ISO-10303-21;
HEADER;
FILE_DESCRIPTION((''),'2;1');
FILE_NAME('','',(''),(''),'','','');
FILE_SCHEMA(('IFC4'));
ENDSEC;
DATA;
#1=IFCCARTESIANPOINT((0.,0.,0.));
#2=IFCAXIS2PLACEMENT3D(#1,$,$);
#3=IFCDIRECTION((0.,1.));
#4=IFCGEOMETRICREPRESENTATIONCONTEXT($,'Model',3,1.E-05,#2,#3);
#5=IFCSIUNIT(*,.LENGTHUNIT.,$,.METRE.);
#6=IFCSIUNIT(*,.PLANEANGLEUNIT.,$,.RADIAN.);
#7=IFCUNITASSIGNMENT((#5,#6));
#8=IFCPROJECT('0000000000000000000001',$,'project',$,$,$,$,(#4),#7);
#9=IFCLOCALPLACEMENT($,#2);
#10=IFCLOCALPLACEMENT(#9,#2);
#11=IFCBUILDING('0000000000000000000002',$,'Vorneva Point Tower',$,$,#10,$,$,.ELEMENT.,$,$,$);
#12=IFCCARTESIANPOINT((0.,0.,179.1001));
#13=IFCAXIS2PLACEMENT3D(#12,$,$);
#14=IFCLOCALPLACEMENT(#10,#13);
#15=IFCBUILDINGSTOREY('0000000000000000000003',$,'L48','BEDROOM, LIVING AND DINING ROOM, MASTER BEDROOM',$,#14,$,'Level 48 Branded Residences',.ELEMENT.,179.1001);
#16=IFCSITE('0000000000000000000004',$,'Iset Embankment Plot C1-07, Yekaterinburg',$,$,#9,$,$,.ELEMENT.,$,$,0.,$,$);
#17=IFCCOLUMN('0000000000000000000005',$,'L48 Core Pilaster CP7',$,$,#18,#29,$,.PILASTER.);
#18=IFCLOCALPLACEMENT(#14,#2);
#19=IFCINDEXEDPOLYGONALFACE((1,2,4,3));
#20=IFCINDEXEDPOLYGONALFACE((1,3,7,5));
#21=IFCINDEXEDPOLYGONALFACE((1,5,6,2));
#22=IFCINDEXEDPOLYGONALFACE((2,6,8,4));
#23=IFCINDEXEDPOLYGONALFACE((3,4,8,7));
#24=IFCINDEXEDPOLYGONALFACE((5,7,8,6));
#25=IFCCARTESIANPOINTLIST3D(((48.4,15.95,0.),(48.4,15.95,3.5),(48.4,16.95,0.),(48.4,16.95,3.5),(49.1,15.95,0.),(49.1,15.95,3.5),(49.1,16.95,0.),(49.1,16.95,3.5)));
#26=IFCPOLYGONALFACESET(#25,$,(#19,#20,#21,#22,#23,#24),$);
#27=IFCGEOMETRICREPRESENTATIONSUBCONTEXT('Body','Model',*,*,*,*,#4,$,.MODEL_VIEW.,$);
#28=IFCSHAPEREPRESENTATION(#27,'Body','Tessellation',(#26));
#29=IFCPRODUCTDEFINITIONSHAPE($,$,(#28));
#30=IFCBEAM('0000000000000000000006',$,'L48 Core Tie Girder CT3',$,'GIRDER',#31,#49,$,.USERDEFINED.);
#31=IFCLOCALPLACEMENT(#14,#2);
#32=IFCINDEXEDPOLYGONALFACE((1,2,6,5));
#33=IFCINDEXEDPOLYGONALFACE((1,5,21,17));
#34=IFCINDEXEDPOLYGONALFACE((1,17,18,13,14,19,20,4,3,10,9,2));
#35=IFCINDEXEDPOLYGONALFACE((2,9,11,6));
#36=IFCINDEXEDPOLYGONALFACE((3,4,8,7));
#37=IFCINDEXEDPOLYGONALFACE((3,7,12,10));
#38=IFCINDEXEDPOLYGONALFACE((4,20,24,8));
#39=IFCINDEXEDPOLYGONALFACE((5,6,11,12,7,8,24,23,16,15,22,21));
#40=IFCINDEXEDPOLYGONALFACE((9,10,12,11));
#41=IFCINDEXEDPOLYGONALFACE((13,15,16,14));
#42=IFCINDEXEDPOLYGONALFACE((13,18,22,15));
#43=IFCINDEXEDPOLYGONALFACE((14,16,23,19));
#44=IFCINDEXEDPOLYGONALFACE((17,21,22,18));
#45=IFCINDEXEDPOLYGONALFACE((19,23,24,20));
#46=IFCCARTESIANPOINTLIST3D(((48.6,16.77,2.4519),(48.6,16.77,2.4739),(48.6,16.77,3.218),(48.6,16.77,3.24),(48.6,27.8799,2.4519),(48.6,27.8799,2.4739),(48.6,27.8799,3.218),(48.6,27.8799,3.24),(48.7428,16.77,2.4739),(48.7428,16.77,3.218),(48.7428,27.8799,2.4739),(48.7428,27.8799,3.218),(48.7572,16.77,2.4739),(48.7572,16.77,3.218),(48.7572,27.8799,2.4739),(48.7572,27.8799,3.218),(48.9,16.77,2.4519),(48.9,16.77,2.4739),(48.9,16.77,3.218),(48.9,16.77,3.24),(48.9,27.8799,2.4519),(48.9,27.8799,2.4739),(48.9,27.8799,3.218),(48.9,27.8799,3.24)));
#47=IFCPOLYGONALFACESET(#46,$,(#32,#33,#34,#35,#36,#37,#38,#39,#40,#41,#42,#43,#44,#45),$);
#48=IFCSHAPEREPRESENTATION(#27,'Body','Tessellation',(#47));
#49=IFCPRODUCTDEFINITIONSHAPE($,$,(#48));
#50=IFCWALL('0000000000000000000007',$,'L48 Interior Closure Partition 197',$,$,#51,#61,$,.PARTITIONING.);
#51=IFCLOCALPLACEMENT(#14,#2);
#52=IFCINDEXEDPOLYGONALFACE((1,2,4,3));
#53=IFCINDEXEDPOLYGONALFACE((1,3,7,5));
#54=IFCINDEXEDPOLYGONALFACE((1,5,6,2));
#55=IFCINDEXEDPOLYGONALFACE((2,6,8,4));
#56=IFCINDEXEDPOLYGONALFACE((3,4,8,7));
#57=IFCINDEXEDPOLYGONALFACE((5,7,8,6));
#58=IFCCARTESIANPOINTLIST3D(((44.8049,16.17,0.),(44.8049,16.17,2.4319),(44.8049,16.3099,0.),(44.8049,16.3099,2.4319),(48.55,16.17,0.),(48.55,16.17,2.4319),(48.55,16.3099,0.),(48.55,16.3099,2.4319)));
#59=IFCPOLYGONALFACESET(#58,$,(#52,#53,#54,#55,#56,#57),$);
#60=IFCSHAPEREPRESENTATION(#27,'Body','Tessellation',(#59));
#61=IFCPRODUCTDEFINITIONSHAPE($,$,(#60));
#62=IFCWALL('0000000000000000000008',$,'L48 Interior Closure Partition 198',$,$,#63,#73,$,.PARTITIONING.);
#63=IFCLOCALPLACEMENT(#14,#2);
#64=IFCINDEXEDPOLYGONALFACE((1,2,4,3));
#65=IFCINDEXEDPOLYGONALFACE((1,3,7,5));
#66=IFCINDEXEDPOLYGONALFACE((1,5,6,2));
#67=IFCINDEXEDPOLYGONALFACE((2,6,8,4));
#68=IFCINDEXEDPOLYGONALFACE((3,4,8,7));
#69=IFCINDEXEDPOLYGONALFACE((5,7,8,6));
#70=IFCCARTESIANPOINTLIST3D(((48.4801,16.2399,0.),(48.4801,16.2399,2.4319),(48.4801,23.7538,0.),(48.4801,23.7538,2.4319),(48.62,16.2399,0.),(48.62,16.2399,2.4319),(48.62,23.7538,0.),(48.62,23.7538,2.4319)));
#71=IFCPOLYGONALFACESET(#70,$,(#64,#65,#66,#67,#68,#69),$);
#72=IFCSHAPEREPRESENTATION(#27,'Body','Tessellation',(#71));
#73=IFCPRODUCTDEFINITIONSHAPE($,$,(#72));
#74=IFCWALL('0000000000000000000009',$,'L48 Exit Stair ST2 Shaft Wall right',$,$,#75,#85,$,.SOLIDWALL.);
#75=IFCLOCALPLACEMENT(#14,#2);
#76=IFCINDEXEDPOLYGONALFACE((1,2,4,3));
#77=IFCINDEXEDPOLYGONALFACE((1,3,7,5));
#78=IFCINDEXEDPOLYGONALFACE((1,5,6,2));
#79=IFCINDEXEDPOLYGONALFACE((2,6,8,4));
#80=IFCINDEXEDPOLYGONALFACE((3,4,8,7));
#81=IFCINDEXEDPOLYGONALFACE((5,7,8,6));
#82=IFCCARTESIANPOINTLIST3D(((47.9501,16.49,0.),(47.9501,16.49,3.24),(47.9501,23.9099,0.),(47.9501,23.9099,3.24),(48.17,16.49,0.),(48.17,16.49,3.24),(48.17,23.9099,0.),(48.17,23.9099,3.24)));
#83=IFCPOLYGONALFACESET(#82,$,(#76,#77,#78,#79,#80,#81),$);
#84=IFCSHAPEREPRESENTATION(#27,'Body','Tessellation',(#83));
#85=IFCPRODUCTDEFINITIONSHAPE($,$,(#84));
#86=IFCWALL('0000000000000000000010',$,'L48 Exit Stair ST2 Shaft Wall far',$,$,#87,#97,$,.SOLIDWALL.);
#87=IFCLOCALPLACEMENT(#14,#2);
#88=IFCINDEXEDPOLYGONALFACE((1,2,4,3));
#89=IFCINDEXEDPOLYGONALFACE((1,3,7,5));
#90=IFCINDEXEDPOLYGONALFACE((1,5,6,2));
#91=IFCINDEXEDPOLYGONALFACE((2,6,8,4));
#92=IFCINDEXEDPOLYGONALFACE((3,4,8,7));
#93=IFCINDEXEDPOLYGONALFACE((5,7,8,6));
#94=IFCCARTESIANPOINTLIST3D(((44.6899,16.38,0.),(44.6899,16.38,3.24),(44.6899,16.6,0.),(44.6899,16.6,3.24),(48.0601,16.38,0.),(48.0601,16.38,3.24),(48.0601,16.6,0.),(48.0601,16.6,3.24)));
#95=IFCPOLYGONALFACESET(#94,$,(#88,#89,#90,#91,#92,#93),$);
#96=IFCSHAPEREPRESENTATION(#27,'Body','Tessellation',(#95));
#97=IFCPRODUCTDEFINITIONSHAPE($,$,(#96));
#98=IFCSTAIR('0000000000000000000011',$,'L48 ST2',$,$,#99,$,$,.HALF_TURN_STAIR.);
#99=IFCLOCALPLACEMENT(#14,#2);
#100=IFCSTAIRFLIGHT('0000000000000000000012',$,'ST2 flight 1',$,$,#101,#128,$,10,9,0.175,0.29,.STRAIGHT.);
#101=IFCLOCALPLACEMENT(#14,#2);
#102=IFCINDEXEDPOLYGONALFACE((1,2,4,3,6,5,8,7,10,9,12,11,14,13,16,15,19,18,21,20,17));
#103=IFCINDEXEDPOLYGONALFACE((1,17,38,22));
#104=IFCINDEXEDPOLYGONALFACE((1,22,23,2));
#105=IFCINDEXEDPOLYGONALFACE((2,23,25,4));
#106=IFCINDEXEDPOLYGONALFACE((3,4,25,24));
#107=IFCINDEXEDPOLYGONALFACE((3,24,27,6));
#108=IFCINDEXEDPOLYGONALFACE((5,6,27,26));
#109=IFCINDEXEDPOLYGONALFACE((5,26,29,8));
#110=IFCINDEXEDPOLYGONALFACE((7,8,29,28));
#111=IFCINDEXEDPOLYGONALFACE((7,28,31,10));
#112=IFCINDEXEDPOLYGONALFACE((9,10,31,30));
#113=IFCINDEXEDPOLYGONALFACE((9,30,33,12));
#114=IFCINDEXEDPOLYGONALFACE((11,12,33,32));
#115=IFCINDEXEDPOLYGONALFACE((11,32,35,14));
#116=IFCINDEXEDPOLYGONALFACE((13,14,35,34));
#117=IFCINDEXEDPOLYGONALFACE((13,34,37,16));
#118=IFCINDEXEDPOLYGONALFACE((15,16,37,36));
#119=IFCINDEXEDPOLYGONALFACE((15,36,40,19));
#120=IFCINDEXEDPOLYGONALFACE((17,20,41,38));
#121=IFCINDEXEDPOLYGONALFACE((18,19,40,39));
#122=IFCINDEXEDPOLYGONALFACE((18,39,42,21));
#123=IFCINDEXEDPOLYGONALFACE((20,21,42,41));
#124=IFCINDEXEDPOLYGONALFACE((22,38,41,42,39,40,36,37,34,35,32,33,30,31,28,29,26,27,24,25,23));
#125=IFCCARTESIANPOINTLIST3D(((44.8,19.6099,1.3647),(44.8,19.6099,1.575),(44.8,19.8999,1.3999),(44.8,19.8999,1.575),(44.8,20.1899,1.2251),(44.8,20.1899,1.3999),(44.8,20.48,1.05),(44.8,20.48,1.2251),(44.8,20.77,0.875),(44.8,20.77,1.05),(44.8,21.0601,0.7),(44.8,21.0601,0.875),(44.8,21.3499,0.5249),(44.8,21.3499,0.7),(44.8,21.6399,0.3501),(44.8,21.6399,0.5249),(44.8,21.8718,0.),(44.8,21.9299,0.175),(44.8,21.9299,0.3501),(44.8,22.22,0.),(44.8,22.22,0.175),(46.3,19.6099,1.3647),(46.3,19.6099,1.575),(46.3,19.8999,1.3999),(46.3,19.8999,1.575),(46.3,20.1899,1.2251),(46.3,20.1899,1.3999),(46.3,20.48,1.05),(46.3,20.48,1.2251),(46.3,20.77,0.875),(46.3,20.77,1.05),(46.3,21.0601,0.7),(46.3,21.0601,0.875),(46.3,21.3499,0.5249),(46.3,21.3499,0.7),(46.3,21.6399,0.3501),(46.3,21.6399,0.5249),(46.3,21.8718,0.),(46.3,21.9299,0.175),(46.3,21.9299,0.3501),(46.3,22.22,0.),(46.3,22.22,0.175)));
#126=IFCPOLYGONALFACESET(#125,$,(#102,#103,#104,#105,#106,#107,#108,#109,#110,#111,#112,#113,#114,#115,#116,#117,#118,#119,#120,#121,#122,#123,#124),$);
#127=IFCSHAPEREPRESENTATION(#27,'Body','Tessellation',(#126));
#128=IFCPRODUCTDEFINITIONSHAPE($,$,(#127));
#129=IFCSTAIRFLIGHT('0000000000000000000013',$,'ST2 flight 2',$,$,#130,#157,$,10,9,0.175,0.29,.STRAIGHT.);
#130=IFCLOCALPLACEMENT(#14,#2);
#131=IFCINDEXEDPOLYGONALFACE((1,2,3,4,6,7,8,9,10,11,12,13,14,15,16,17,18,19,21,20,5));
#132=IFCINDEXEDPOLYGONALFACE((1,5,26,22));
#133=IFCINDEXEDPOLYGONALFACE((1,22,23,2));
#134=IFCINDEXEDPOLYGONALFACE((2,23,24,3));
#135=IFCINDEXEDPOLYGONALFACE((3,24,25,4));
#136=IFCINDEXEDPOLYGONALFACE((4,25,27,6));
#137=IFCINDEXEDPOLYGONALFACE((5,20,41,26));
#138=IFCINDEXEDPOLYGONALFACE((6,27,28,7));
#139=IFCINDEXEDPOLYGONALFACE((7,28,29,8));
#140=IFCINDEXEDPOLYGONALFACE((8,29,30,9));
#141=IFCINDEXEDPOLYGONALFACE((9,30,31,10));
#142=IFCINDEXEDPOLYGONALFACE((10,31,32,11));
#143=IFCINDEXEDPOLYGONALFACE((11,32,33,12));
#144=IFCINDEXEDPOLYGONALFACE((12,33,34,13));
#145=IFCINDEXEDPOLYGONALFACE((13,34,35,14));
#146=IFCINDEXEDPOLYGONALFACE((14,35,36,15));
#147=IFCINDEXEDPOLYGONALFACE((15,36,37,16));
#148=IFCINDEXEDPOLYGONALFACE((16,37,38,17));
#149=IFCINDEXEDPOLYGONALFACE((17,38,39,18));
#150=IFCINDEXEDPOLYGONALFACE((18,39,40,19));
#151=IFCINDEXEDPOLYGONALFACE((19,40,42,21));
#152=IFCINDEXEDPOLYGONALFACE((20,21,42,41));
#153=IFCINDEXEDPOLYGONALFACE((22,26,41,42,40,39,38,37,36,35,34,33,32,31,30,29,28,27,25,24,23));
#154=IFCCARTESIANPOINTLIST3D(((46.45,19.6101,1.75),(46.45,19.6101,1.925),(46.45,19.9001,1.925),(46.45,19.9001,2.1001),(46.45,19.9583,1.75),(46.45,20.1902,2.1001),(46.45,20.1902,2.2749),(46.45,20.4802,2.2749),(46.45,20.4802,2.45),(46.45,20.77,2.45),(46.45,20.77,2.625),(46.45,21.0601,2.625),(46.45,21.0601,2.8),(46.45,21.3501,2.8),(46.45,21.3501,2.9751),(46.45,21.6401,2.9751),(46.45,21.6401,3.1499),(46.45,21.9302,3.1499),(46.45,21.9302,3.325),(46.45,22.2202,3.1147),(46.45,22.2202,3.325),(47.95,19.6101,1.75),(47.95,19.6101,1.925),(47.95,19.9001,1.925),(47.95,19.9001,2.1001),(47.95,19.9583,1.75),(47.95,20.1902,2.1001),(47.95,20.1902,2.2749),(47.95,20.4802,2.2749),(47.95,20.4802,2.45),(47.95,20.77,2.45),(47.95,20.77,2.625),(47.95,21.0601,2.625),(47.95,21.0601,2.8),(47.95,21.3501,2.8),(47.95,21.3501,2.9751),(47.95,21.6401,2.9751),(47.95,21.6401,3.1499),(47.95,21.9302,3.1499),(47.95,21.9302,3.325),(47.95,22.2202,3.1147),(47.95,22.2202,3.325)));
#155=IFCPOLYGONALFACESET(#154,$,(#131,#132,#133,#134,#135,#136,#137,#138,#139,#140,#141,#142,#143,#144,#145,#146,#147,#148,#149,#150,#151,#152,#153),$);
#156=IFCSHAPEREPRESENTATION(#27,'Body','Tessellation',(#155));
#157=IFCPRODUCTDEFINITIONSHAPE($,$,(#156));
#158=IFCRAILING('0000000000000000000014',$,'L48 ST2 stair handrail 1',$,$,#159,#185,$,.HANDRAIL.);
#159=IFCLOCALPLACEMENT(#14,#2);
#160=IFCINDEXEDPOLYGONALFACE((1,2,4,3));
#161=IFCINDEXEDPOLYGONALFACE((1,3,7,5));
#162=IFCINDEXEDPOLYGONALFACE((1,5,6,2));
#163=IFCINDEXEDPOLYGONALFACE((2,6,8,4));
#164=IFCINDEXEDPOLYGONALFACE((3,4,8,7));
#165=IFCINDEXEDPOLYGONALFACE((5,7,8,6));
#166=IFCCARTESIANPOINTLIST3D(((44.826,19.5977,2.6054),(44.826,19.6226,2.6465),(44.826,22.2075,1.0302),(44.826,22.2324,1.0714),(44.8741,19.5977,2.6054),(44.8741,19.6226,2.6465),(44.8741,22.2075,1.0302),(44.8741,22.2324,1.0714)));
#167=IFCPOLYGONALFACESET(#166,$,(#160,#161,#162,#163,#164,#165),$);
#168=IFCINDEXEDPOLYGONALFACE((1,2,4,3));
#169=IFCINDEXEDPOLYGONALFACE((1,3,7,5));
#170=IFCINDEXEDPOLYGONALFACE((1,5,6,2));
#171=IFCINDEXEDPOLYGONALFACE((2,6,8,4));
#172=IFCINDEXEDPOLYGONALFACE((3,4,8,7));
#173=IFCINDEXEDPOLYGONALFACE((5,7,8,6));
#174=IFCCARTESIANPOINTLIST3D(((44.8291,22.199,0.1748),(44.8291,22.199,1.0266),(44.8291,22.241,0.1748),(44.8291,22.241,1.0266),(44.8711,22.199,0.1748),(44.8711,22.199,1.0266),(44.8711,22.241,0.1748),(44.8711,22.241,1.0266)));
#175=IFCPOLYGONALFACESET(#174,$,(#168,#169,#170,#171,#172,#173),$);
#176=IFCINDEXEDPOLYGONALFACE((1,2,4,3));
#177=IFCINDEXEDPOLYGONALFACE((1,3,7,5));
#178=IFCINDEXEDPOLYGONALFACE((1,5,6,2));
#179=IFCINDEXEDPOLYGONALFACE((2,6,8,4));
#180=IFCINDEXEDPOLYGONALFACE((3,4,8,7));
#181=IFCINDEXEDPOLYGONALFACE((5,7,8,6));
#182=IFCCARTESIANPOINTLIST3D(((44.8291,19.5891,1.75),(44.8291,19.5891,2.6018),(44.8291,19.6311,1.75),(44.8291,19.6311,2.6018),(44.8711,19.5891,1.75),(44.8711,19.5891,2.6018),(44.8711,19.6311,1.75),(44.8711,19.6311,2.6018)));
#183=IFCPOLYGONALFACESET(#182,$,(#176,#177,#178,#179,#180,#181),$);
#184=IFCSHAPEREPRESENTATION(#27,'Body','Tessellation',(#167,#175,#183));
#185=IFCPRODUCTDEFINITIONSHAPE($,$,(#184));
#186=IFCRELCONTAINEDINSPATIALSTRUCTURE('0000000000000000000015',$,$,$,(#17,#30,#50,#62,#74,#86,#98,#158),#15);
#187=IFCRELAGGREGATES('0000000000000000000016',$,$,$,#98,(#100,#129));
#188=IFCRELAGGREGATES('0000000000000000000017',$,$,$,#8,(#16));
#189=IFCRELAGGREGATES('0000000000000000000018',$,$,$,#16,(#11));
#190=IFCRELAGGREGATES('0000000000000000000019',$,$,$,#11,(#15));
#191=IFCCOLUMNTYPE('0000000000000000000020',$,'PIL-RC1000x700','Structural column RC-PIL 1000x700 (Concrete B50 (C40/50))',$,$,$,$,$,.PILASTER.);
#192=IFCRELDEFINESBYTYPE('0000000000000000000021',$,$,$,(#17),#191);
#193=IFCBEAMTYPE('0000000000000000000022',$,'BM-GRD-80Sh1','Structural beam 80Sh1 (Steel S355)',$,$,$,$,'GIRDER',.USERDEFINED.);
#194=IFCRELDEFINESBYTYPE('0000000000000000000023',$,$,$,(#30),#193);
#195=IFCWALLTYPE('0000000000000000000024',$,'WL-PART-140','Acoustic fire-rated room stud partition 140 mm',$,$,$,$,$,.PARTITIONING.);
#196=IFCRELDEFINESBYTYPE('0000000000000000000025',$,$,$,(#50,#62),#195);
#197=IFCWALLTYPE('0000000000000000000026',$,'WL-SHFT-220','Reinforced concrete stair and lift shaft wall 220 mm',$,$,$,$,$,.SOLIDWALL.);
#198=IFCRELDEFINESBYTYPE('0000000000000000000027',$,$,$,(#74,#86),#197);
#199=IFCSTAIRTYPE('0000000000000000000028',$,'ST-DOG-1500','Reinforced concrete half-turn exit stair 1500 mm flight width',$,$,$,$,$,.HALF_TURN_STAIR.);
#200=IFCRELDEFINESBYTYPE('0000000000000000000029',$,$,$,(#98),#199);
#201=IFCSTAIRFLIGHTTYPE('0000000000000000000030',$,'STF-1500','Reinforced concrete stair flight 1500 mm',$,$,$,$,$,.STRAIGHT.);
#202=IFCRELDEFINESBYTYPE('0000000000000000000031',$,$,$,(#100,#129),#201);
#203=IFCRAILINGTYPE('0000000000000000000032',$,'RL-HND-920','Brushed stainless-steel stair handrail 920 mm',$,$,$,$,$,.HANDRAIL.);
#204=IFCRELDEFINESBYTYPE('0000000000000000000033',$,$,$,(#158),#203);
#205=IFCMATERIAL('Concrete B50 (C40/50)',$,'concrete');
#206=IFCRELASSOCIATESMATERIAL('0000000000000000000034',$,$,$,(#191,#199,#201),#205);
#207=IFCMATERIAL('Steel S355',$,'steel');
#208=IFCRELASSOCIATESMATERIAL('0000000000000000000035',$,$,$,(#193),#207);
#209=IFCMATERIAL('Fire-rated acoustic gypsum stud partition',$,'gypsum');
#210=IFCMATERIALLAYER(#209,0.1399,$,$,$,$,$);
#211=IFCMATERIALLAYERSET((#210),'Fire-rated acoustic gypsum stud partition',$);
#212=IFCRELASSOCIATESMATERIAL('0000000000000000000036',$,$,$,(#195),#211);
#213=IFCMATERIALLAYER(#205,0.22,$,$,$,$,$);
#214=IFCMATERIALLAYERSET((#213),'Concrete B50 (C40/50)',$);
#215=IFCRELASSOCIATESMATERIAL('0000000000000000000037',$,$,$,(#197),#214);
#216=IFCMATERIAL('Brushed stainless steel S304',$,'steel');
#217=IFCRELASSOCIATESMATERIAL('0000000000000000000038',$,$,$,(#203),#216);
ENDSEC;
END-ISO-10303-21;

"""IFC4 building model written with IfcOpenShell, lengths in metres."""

from ifc_helpers import new_model, si_unit, direction, frame, frame_2d, origin, origin_2d, place, context, subcontext, project, spatial, polyline, rectangle, i_section, outline, extrude, material, layer, layer_set, material_profile, profile_set, type_object, element, aggregate, save


model = new_model("IFC4")

# Units and contexts
model_context = context("Model", 3, precision=1e-05, world=origin(), true_north=direction((0.0, 1.0)))
body_context = subcontext(model_context, "Body", "Model", "MODEL_VIEW")
ifc_project = project(units=[si_unit("LENGTHUNIT", "METRE"), si_unit("PLANEANGLEUNIT", "RADIAN")], contexts=[model_context])

# Site, building, storey
site_placement = place(None, origin())
site = spatial("IfcSite", under=ifc_project, at=site_placement, Name="Iset Embankment Plot C1-07, Yekaterinburg", CompositionType="ELEMENT", RefElevation=0.0)
building_placement = place(site_placement, origin())
building = spatial("IfcBuilding", under=site, at=building_placement, Name="Vorneva Point Tower", CompositionType="ELEMENT")
storey_placement = place(building_placement, frame((0.0, 0.0, 179.1001)))
storey = spatial("IfcBuildingStorey", under=building, at=storey_placement, Name="L48", Description="BEDROOM, LIVING AND DINING ROOM, MASTER BEDROOM", LongName="Level 48 Branded Residences", CompositionType="ELEMENT", Elevation=179.1001)

# Column
ifc_material_1 = material(Name="Concrete B50 (C40/50)", Category="concrete")
ifc_material_profile_1 = material_profile(ifc_material_1, rectangle(XDim=0.7, YDim=1.0, at=origin_2d()), Name="RC-PIL 1000x700")
ifc_profile_set_1 = profile_set([ifc_material_profile_1], Name="Concrete B50 (C40/50)")
column_type = type_object("IfcColumnType", Name="PIL-RC1000x700", Description="Structural column RC-PIL 1000x700 (Concrete B50 (C40/50))", PredefinedType="PILASTER", material=ifc_profile_set_1)
column_placement = place(storey_placement, frame((48.75, 16.45, 0.0), z_axis=(0.0, 0.0, 1.0), x_axis=(1.0, 0.0, 0.0)))
element("IfcColumn", 1, at=column_placement, inside=storey, type_object=column_type, Name="L48 Core Pilaster CP7", PredefinedType="PILASTER", context=body_context, shape_type="SweptSolid", body=[
    extrude(rectangle(XDim=0.7, YDim=1.0, at=origin_2d()), origin(), (0.0, 0.0, 1.0), 3.5),
])

# Beam
ifc_material_2 = material(Name="Steel S355", Category="steel")
ifc_material_profile_2 = material_profile(ifc_material_2, i_section(OverallWidth=0.3, OverallDepth=0.7881, WebThickness=0.0144, FlangeThickness=0.022, at=origin_2d()), Name="80Sh1")
ifc_profile_set_2 = profile_set([ifc_material_profile_2], Name="Steel S355")
beam_type = type_object("IfcBeamType", Name="BM-GRD-80Sh1", Description="Structural beam 80Sh1 (Steel S355)", ElementType="GIRDER", PredefinedType="USERDEFINED", material=ifc_profile_set_2)
beam_placement = place(storey_placement, frame((48.75, 16.77, 2.8459), z_axis=(0.0, 1.0, 0.0), x_axis=(-1.0, 0.0, 0.0)))
element("IfcBeam", 2, at=beam_placement, inside=storey, type_object=beam_type, Name="L48 Core Tie Girder CT3", ObjectType="GIRDER", PredefinedType="USERDEFINED", context=body_context, shape_type="SweptSolid", body=[
    extrude(i_section(OverallWidth=0.3, OverallDepth=0.7881, WebThickness=0.0144, FlangeThickness=0.022, at=origin_2d()), origin(), (0.0, 0.0, 1.0), 11.1099),
])

# Walls
ifc_material_3 = material(Name="Fire-rated acoustic gypsum stud partition", Category="gypsum")
ifc_layer_1 = layer(ifc_material_3, 0.1399)
ifc_layer_set_1 = layer_set([ifc_layer_1], Name="Fire-rated acoustic gypsum stud partition")
wall_type_1 = type_object("IfcWallType", Name="WL-PART-140", Description="Acoustic fire-rated room stud partition 140 mm", PredefinedType="PARTITIONING", material=ifc_layer_set_1)
wall_1_placement = place(storey_placement, frame((44.8049, 16.24, 0.0), z_axis=(0.0, 0.0, 1.0), x_axis=(1.0, 0.0, 0.0)))
element("IfcWall", 3, at=wall_1_placement, inside=storey, type_object=wall_type_1, Name="L48 Interior Closure Partition 197", PredefinedType="PARTITIONING", context=body_context, shape_type="SweptSolid", body=[
    extrude(rectangle(XDim=3.7451, YDim=0.1399, at=frame_2d((1.8726, 0.0))), origin(), (0.0, 0.0, 1.0), 2.4319),
])
wall_2_placement = place(storey_placement, frame((48.55, 16.24, 0.0), z_axis=(0.0, 0.0, 1.0), x_axis=(0.0, 1.0, 0.0)))
element("IfcWall", 4, at=wall_2_placement, inside=storey, type_object=wall_type_1, Name="L48 Interior Closure Partition 198", PredefinedType="PARTITIONING", context=body_context, shape_type="SweptSolid", body=[
    extrude(rectangle(XDim=7.5139, YDim=0.1399, at=frame_2d((3.7568, 0.0))), origin(), (0.0, 0.0, 1.0), 2.4319),
])

# Walls
ifc_layer_2 = layer(ifc_material_1, 0.22)
ifc_layer_set_2 = layer_set([ifc_layer_2], Name="Concrete B50 (C40/50)")
wall_type_2 = type_object("IfcWallType", Name="WL-SHFT-220", Description="Reinforced concrete stair and lift shaft wall 220 mm", PredefinedType="SOLIDWALL", material=ifc_layer_set_2)
wall_3_placement = place(storey_placement, frame((48.0601, 23.9099, 0.0), z_axis=(0.0, 0.0, 1.0), x_axis=(0.0, -1.0, 0.0)))
element("IfcWall", 5, at=wall_3_placement, inside=storey, type_object=wall_type_2, Name="L48 Exit Stair ST2 Shaft Wall right", PredefinedType="SOLIDWALL", context=body_context, shape_type="SweptSolid", body=[
    extrude(rectangle(XDim=7.4199, YDim=0.22, at=frame_2d((3.71, 0.0))), origin(), (0.0, 0.0, 1.0), 3.24),
])
wall_4_placement = place(storey_placement, frame((48.0601, 16.49, 0.0), z_axis=(0.0, 0.0, 1.0), x_axis=(-1.0, 0.0, 0.0)))
element("IfcWall", 6, at=wall_4_placement, inside=storey, type_object=wall_type_2, Name="L48 Exit Stair ST2 Shaft Wall far", PredefinedType="SOLIDWALL", context=body_context, shape_type="SweptSolid", body=[
    extrude(rectangle(XDim=3.3701, YDim=0.22, at=frame_2d((1.6851, 0.0))), origin(), (0.0, 0.0, 1.0), 3.24),
])

# Stair, stair flights
stair_type = type_object("IfcStairType", Name="ST-DOG-1500", Description="Reinforced concrete half-turn exit stair 1500 mm flight width", PredefinedType="HALF_TURN_STAIR", material=ifc_material_1)
stair_placement = place(storey_placement, origin())
stair = element("IfcStair", 7, at=stair_placement, inside=storey, type_object=stair_type, Name="L48 ST2", PredefinedType="HALF_TURN_STAIR")
stair_flight_type = type_object("IfcStairFlightType", Name="STF-1500", Description="Reinforced concrete stair flight 1500 mm", PredefinedType="STRAIGHT", material=ifc_material_1)
stair_flight_1_placement = place(storey_placement, frame((45.55, 22.22, 0.0), z_axis=(0.0, 0.0, 1.0), x_axis=(0.0, -1.0, 0.0)))
stair_flight_1 = element("IfcStairFlight", 8, at=stair_flight_1_placement, type_object=stair_flight_type, Name="ST2 flight 1", NumberOfRisers=10, NumberOfTreads=9, PredefinedType="STRAIGHT", RiserHeight=0.175, TreadLength=0.29, context=body_context, shape_type="SweptSolid", body=[
    extrude(outline(polyline([(0.0, 0.0), (0.0, 0.175), (0.29, 0.175), (0.29, 0.3501), (0.5801, 0.3501), (0.5801, 0.5249), (0.8701, 0.5249), (0.8701, 0.7), (1.1599, 0.7), (1.1599, 0.875), (1.45, 0.875), (1.45, 1.05), (1.74, 1.05), (1.74, 1.2251), (2.03, 1.2251), (2.03, 1.3999), (2.3201, 1.3999), (2.3201, 1.575), (2.6101, 1.575), (2.6101, 1.75), (2.6101, 1.3647), (0.3481, 0.0), (0.0, 0.0)])), frame((0.0, 0.75, 0.0), z_axis=(0.0, -1.0, 0.0), x_axis=(1.0, 0.0, 0.0)), (0.0, 0.0, 1.0), 1.5),
])
stair_flight_2_placement = place(storey_placement, frame((47.2, 19.6101, 1.75), z_axis=(0.0, 0.0, 1.0), x_axis=(0.0, 1.0, 0.0)))
stair_flight_2 = element("IfcStairFlight", 9, at=stair_flight_2_placement, type_object=stair_flight_type, Name="ST2 flight 2", NumberOfRisers=10, NumberOfTreads=9, PredefinedType="STRAIGHT", RiserHeight=0.175, TreadLength=0.29, context=body_context, shape_type="SweptSolid", body=[
    extrude(outline(polyline([(0.0, 0.0), (0.0, 0.175), (0.29, 0.175), (0.29, 0.3501), (0.5801, 0.3501), (0.5801, 0.5249), (0.8701, 0.5249), (0.8701, 0.7), (1.1599, 0.7), (1.1599, 0.875), (1.45, 0.875), (1.45, 1.05), (1.74, 1.05), (1.74, 1.2251), (2.03, 1.2251), (2.03, 1.3999), (2.3201, 1.3999), (2.3201, 1.575), (2.6101, 1.575), (2.6101, 1.75), (2.6101, 1.3647), (0.3481, 0.0), (0.0, 0.0)])), frame((0.0, 0.75, 0.0), z_axis=(0.0, -1.0, 0.0), x_axis=(1.0, 0.0, 0.0)), (0.0, 0.0, 1.0), 1.5),
])
aggregate(stair, [stair_flight_1, stair_flight_2])

# Railing
ifc_material_4 = material(Name="Brushed stainless steel S304", Category="steel")
railing_type_1 = type_object("IfcRailingType", Name="RL-HND-920", Description="Brushed stainless-steel stair handrail 920 mm", PredefinedType="HANDRAIL", material=ifc_material_4)
railing_1_placement = place(storey_placement, frame((44.8501, 22.22, 0.1748)))
element("IfcRailing", 10, at=railing_1_placement, inside=storey, type_object=railing_type_1, Name="L48 ST2 stair handrail 1", PredefinedType="HANDRAIL", context=body_context, shape_type="SweptSolid", body=[
    extrude(rectangle(XDim=0.0481, YDim=0.0481, at=origin_2d()), frame((0.0, 0.0, 0.876), z_axis=(0.0, -0.856147, 0.516732), x_axis=(1.0, 0.0, 0.0)), (0.0, 0.0, 1.0), 3.0483),
    extrude(rectangle(XDim=0.042, YDim=0.042, at=origin_2d()), origin(), (0.0, 0.0, 1.0), 0.8518),
    extrude(rectangle(XDim=0.042, YDim=0.042, at=origin_2d()), frame((0.0, -2.6099, 1.5752)), (0.0, 0.0, 1.0), 0.8518),
])

save(model, "model.ifc")
